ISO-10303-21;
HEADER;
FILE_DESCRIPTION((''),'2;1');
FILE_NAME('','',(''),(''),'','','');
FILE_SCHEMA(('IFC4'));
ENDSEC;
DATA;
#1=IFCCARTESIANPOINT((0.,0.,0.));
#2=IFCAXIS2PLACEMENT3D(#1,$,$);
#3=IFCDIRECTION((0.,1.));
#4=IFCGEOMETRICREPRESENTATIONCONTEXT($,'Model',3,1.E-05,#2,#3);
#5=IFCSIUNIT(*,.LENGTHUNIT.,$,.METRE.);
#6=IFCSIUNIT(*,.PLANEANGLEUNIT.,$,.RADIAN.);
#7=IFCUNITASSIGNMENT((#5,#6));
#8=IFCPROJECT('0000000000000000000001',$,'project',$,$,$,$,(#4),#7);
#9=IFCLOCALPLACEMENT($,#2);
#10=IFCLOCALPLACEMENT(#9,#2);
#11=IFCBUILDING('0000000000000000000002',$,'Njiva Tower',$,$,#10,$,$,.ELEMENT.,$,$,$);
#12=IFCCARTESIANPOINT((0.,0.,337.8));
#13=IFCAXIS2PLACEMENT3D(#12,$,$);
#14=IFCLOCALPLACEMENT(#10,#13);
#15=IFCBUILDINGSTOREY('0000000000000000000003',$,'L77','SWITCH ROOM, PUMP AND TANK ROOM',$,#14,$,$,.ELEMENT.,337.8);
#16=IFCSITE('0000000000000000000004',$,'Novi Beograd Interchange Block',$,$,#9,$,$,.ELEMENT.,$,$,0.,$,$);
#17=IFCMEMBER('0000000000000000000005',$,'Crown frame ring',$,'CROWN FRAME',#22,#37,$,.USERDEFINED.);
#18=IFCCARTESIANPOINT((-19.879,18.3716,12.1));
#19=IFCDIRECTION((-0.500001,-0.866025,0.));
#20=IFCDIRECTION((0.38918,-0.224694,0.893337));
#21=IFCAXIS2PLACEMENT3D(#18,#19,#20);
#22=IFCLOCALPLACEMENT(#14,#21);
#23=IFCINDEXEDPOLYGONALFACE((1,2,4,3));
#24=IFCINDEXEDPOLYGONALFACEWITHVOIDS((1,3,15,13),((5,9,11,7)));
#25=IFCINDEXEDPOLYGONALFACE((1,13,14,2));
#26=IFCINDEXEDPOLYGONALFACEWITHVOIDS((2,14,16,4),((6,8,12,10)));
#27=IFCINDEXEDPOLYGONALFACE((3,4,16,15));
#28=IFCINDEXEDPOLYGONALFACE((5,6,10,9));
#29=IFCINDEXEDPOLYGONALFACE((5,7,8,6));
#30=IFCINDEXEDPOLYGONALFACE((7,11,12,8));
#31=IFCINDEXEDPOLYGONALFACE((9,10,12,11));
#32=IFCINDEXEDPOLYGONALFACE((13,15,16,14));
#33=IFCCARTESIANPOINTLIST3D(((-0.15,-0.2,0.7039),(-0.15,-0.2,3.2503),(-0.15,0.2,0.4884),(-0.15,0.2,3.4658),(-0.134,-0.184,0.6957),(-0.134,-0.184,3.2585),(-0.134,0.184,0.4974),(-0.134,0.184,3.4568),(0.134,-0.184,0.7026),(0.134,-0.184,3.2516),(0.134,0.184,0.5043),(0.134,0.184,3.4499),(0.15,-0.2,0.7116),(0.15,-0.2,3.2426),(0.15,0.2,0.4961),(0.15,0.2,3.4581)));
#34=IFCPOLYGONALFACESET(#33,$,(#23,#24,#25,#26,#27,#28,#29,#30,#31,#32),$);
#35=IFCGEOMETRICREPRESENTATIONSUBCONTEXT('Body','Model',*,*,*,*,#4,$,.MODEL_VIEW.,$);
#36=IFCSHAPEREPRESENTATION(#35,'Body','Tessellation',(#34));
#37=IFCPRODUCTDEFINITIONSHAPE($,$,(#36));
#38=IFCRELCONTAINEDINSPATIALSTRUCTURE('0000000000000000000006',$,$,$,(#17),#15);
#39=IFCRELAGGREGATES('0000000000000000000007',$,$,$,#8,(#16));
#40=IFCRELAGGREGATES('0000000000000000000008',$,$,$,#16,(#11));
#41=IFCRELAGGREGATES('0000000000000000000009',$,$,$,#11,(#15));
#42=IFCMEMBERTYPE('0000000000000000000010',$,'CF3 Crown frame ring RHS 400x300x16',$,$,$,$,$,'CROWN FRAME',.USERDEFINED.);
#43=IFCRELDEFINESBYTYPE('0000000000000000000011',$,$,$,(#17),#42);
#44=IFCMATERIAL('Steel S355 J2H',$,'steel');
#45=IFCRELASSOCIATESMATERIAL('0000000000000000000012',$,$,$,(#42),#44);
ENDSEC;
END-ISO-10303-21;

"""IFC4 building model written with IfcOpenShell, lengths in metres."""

from ifc_helpers import new_model, si_unit, direction, frame, origin, origin_2d, place, context, subcontext, project, spatial, hollow_rectangle, extrude, clip, halfspace, material, material_profile, profile_set, type_object, element, save


model = new_model("IFC4")

# Units and contexts
model_context = context("Model", 3, precision=1e-05, world=origin(), true_north=direction((0.0, 1.0)))
body_context = subcontext(model_context, "Body", "Model", "MODEL_VIEW")
ifc_project = project(units=[si_unit("LENGTHUNIT", "METRE"), si_unit("PLANEANGLEUNIT", "RADIAN")], contexts=[model_context])

# Site, building, storey
site_placement = place(None, origin())
site = spatial("IfcSite", under=ifc_project, at=site_placement, Name="Novi Beograd Interchange Block", CompositionType="ELEMENT", RefElevation=0.0)
building_placement = place(site_placement, origin())
building = spatial("IfcBuilding", under=site, at=building_placement, Name="Njiva Tower", CompositionType="ELEMENT")
storey_placement = place(building_placement, frame((0.0, 0.0, 337.8)))
storey = spatial("IfcBuildingStorey", under=building, at=storey_placement, Name="L77", Description="SWITCH ROOM, PUMP AND TANK ROOM", CompositionType="ELEMENT", Elevation=337.8)

# Member
ifc_material_1 = material(Name="Steel S355 J2H", Category="steel")
ifc_material_profile_1 = material_profile(ifc_material_1, hollow_rectangle(XDim=0.3, YDim=0.4, WallThickness=0.016, at=origin_2d()), Name="BOX 400x300x16")
ifc_profile_set_1 = profile_set([ifc_material_profile_1], Name="Steel S355 J2H")
member_type_1 = type_object("IfcMemberType", Name="CF3 Crown frame ring RHS 400x300x16", ElementType="CROWN FRAME", PredefinedType="USERDEFINED", material=ifc_profile_set_1)
member_1_placement = place(storey_placement, frame((-19.879, 18.3716, 12.1), z_axis=(-0.500001, -0.866025, 0.0), x_axis=(0.38918, -0.224694, 0.893337)))
element("IfcMember", 1, at=member_1_placement, inside=storey, type_object=member_type_1, Name="Crown frame ring", ObjectType="CROWN FRAME", PredefinedType="USERDEFINED", context=body_context, shape_type="Clipping", body=[
    clip(clip(extrude(hollow_rectangle(XDim=0.3, YDim=0.4, WallThickness=0.016, at=origin_2d()), origin(), (0.0, 0.0, 1.0), 3.9542), halfspace(frame((0.0, 0.0, 0.6), z_axis=(0.022604, -0.474207, -0.880123), x_axis=(0.0, -0.880348, 0.474328)), False)), halfspace(frame((0.0, 0.0, 3.3542), z_axis=(0.022605, -0.474209, 0.880122), x_axis=(0.0, 0.880347, 0.47433)), False)),
])

save(model, "model.ifc")
